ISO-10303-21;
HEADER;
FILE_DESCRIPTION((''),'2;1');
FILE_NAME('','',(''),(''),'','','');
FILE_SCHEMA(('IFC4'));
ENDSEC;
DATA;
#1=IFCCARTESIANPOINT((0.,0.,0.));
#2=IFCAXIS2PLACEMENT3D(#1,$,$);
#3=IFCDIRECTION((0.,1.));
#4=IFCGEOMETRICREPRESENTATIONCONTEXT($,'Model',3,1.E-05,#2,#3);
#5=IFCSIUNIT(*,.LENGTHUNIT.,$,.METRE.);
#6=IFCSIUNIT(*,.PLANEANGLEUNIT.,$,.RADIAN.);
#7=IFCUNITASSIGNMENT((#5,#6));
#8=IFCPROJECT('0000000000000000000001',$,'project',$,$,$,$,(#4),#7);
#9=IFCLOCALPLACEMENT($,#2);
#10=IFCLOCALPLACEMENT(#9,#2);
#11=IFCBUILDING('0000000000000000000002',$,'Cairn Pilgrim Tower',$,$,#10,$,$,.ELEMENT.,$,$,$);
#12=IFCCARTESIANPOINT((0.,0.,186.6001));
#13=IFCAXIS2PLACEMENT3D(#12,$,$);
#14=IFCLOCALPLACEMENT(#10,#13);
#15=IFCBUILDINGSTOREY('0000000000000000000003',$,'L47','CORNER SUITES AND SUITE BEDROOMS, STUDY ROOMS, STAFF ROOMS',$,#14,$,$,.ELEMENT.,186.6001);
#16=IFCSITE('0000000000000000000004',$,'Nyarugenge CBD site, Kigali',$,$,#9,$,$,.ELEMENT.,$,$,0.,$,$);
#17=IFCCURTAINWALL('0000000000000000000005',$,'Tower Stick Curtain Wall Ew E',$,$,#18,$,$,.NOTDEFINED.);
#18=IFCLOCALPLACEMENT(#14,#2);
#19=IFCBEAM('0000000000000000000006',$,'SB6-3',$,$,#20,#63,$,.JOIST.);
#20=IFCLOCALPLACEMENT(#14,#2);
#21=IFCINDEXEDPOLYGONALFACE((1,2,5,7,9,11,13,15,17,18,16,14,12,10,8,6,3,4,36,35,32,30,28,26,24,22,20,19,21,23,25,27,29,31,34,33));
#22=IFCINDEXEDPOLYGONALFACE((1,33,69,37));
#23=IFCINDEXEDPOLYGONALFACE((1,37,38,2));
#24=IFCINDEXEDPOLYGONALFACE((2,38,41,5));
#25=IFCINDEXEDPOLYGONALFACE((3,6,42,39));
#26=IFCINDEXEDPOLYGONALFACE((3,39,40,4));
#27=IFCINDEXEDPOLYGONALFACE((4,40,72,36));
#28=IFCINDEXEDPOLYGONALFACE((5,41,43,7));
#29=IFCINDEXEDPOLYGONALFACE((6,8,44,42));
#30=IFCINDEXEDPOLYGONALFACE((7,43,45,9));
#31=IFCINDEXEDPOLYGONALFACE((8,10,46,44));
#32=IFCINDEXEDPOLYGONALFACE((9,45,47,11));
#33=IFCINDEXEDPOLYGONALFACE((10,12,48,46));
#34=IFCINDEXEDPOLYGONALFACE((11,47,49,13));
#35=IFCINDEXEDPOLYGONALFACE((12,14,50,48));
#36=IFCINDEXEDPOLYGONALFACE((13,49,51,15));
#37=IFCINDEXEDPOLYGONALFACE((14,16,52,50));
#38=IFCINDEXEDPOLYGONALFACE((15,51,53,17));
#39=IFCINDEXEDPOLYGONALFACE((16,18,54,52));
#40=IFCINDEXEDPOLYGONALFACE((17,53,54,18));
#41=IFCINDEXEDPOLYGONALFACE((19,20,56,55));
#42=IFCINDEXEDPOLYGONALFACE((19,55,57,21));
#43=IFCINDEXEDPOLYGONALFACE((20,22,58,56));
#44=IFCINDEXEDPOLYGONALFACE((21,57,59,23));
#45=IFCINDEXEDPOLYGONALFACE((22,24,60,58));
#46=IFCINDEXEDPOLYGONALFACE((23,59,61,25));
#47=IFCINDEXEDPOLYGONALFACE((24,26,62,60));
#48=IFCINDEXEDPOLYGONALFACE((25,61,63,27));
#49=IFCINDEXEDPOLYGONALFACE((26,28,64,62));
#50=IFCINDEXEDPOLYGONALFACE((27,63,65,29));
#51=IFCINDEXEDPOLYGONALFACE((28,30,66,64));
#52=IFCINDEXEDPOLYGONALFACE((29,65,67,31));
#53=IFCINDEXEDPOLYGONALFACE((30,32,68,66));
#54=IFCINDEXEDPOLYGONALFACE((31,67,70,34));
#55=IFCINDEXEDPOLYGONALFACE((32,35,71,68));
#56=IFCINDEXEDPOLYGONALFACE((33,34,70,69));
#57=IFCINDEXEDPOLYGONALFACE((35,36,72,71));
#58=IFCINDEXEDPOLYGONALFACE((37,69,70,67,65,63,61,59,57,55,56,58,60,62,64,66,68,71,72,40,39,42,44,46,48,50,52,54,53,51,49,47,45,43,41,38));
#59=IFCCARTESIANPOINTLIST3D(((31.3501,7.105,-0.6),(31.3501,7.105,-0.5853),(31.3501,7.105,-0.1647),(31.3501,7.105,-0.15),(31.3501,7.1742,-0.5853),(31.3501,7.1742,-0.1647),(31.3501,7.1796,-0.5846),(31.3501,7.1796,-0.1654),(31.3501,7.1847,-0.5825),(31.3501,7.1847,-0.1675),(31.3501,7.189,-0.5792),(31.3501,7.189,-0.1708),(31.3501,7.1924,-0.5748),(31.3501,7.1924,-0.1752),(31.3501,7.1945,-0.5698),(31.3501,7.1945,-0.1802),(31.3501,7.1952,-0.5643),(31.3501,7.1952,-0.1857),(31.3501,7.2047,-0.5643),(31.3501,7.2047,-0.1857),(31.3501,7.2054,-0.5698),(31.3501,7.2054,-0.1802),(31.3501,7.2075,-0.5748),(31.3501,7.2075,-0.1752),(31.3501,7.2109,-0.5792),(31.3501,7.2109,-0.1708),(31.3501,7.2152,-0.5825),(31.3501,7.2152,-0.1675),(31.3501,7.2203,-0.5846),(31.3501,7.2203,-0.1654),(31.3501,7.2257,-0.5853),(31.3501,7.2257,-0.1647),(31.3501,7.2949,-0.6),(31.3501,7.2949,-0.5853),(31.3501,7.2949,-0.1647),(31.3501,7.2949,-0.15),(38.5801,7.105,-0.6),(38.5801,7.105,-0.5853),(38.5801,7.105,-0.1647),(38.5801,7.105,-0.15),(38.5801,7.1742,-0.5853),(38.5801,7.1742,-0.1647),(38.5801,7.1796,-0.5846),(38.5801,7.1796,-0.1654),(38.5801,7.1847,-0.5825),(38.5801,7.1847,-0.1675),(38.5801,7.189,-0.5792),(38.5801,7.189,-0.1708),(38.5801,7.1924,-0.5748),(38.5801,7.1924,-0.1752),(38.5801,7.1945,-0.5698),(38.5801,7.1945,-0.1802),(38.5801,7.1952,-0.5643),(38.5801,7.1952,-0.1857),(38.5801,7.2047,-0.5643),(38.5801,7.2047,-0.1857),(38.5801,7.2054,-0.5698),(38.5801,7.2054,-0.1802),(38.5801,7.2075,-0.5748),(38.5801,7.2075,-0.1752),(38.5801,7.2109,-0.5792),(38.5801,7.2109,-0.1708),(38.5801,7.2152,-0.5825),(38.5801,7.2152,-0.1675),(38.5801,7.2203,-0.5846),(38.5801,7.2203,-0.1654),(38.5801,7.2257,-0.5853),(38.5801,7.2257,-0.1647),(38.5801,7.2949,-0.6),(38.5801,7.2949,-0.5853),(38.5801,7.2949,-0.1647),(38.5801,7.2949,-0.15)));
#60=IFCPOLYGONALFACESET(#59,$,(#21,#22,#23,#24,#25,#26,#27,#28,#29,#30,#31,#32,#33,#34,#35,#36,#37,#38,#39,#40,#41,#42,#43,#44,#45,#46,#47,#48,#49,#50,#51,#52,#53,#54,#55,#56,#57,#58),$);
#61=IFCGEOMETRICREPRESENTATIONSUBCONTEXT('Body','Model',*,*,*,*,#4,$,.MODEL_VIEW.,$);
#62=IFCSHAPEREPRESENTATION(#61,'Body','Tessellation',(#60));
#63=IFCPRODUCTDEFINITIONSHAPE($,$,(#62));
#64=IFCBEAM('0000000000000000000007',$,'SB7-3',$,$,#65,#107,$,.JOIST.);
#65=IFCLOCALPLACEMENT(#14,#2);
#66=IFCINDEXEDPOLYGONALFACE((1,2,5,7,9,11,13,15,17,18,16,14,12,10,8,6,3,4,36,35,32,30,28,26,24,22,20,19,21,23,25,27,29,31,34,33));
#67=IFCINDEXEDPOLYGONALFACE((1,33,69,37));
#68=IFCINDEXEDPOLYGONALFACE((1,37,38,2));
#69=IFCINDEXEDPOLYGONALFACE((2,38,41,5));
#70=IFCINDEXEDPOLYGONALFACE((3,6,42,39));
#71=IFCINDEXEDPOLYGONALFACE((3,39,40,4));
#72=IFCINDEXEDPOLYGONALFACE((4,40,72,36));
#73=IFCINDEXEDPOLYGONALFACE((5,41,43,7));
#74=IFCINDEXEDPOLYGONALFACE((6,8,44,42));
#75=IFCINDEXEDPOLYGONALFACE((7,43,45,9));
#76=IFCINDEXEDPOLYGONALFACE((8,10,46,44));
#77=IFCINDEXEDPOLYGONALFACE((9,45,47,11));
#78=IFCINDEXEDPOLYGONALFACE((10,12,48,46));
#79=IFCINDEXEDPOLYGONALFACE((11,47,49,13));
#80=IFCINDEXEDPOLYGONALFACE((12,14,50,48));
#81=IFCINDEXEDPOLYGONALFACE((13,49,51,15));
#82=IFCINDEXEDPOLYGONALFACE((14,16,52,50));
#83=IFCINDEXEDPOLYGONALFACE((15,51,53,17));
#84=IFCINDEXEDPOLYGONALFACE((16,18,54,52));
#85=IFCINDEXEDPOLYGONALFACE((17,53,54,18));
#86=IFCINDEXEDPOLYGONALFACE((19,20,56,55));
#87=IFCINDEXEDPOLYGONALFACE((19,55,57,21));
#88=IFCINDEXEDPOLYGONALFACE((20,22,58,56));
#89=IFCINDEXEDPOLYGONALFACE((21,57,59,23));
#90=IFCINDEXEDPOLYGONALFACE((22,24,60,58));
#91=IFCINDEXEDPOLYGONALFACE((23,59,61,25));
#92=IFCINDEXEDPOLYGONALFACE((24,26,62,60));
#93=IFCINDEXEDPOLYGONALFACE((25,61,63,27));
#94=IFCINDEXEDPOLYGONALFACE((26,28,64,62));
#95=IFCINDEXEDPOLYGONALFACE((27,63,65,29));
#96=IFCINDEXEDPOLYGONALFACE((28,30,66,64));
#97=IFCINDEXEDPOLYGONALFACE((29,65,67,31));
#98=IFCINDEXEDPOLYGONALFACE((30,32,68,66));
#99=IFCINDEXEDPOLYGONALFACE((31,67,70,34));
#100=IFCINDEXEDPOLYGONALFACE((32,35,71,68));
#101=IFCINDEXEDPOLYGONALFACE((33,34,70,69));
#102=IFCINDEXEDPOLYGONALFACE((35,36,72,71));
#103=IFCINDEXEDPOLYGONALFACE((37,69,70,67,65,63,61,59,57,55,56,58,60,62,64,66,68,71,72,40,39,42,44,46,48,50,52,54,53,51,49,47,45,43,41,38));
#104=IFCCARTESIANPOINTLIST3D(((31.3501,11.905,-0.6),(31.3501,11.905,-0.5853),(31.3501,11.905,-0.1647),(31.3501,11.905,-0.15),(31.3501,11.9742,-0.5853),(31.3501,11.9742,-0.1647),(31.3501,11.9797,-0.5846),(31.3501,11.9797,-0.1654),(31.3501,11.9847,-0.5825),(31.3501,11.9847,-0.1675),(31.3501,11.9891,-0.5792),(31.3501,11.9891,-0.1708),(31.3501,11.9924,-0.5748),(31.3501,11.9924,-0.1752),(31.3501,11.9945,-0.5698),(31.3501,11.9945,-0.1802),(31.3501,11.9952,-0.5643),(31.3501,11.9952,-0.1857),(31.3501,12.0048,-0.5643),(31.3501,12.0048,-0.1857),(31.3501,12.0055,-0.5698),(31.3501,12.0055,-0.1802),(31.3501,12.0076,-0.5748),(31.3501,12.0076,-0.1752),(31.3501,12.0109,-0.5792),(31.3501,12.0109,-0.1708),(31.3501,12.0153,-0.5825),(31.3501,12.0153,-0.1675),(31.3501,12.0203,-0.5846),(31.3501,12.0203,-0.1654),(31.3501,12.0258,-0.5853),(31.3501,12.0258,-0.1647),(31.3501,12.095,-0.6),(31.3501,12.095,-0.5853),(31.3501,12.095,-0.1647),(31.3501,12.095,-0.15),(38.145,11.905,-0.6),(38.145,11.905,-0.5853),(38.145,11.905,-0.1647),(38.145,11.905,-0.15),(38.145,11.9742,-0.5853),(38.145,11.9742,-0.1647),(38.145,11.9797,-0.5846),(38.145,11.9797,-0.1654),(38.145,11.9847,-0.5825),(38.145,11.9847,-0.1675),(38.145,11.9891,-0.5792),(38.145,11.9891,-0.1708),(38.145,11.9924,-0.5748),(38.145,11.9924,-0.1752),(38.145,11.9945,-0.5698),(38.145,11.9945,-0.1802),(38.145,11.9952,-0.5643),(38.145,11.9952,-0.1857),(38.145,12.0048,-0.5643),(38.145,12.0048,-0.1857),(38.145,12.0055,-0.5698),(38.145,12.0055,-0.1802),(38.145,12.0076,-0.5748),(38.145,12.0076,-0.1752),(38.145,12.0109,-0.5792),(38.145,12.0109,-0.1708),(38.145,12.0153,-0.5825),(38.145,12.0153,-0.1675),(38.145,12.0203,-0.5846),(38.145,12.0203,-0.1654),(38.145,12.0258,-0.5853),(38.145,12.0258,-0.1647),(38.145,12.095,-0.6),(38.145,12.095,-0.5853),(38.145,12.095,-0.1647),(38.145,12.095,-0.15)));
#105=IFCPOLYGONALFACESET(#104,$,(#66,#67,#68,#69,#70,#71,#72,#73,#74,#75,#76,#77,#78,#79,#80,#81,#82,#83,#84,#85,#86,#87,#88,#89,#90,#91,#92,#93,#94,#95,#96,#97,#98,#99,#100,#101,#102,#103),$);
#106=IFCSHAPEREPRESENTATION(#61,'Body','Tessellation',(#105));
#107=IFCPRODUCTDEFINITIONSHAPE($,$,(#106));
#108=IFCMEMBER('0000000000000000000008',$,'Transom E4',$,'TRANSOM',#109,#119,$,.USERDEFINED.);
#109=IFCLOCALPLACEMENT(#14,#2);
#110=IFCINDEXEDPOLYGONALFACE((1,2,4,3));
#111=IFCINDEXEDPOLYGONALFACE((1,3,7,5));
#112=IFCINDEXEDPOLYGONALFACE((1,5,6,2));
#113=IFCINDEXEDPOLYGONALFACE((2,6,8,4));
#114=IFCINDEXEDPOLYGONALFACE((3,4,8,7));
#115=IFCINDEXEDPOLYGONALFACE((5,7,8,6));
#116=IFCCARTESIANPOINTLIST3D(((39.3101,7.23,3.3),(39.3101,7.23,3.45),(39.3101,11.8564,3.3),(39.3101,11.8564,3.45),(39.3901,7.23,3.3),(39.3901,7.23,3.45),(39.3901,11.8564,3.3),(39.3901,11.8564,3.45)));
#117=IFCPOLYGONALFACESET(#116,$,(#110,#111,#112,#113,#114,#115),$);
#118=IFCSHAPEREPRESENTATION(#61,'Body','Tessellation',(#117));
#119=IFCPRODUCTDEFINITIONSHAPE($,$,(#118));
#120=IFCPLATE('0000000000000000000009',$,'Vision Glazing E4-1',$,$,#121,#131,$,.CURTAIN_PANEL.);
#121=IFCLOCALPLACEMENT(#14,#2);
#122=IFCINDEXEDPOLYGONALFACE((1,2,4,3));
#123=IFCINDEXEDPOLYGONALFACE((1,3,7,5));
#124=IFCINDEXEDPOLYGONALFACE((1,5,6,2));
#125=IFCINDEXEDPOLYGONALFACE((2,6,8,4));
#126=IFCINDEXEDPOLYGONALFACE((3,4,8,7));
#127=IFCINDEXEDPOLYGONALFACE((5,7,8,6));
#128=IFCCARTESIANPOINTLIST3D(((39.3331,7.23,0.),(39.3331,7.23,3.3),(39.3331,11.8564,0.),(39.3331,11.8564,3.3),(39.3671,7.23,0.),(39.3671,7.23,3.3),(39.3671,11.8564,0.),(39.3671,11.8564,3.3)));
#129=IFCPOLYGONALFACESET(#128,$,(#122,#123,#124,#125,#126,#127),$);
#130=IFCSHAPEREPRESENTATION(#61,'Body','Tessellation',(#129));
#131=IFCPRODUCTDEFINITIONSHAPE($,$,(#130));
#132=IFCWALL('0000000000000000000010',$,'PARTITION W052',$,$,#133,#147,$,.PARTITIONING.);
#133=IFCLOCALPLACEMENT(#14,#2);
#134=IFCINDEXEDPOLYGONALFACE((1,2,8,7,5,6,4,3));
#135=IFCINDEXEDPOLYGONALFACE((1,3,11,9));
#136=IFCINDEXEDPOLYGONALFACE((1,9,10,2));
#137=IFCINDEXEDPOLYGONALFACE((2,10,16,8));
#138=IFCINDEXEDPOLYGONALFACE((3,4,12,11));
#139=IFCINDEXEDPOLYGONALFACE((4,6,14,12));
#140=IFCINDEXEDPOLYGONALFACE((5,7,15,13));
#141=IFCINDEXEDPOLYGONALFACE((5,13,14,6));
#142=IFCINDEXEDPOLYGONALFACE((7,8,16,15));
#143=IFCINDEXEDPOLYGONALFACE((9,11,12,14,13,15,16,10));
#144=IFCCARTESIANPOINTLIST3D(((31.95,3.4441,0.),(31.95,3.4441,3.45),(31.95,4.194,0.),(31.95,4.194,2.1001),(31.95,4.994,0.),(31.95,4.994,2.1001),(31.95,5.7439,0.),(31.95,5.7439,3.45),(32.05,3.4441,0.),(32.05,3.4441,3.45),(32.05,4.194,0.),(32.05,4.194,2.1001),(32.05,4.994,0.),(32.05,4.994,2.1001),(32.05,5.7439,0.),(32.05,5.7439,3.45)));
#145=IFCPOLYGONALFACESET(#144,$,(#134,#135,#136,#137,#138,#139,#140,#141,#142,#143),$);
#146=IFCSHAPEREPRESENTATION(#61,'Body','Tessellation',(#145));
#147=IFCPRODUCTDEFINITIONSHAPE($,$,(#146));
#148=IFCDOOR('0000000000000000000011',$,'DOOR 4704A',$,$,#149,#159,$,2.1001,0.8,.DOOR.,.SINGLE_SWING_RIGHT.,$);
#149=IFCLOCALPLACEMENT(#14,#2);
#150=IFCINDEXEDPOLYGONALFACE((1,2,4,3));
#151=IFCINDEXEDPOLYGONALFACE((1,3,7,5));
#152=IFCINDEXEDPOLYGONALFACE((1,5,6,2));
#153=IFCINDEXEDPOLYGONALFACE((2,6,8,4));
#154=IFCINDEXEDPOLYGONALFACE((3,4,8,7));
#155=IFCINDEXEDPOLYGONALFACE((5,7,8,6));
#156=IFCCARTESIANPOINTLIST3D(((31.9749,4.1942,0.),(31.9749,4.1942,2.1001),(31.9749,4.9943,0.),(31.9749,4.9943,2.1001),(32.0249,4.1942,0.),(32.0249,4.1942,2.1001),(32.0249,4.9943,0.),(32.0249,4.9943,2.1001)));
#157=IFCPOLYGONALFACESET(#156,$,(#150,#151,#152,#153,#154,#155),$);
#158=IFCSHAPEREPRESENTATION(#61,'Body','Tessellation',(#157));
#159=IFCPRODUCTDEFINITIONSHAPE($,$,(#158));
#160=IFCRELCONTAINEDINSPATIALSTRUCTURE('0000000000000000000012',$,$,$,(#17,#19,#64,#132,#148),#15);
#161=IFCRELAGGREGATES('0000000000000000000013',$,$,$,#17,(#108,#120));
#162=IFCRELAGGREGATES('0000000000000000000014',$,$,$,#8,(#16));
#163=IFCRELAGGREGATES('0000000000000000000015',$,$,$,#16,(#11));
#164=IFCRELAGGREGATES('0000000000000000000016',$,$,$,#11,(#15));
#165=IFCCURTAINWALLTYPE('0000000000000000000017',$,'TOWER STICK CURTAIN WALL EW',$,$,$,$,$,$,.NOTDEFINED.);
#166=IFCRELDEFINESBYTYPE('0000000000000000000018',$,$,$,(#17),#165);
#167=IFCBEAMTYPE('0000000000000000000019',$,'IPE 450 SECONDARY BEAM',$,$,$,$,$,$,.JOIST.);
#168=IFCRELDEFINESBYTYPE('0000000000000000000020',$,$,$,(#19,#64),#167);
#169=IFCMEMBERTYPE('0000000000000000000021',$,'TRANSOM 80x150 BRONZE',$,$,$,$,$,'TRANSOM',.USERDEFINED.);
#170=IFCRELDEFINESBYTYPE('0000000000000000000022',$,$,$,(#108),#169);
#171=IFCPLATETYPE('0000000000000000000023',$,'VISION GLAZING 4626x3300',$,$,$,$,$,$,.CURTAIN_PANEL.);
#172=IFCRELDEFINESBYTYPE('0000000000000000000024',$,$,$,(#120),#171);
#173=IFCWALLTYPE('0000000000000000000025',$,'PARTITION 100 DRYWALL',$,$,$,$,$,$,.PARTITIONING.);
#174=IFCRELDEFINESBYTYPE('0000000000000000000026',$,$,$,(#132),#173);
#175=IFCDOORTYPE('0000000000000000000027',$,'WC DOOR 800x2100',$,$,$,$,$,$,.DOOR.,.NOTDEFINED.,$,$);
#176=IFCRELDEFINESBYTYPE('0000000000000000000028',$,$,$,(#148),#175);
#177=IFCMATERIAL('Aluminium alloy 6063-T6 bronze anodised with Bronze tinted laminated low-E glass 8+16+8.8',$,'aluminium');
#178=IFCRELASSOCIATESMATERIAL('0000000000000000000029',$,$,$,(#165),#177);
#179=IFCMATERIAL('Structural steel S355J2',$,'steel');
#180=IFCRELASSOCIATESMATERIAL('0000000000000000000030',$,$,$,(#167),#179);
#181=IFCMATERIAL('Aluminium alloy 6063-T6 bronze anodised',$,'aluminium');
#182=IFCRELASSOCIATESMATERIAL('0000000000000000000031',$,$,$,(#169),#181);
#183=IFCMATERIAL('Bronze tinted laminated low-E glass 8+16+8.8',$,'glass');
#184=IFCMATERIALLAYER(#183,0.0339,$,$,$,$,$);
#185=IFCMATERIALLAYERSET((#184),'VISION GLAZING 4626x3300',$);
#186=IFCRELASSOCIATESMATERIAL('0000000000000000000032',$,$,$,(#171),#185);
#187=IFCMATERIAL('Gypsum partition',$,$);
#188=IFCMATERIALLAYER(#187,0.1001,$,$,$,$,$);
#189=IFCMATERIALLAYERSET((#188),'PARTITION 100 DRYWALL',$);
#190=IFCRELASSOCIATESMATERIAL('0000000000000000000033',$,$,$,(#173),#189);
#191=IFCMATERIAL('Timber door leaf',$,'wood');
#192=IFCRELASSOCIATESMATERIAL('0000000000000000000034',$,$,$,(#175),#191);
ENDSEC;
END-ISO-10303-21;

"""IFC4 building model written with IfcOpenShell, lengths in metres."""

from ifc_helpers import new_model, si_unit, direction, frame, frame_2d, origin, origin_2d, place, context, subcontext, project, spatial, rectangle, i_section, extrude, material, layer, layer_set, material_profile, profile_set, type_object, element, fill, aggregate, save


model = new_model("IFC4")

# Units and contexts
model_context = context("Model", 3, precision=1e-05, world=origin(), true_north=direction((0.0, 1.0)))
body_context = subcontext(model_context, "Body", "Model", "MODEL_VIEW")
ifc_project = project(units=[si_unit("LENGTHUNIT", "METRE"), si_unit("PLANEANGLEUNIT", "RADIAN")], contexts=[model_context])

# Site, building, storey
site_placement = place(None, origin())
site = spatial("IfcSite", under=ifc_project, at=site_placement, Name="Nyarugenge CBD site, Kigali", CompositionType="ELEMENT", RefElevation=0.0)
building_placement = place(site_placement, origin())
building = spatial("IfcBuilding", under=site, at=building_placement, Name="Cairn Pilgrim Tower", CompositionType="ELEMENT")
storey_placement = place(building_placement, frame((0.0, 0.0, 186.6001)))
storey = spatial("IfcBuildingStorey", under=building, at=storey_placement, Name="L47", Description="CORNER SUITES AND SUITE BEDROOMS, STUDY ROOMS, STAFF ROOMS", CompositionType="ELEMENT", Elevation=186.6001)

# Curtain wall
ifc_material_1 = material(Name="Aluminium alloy 6063-T6 bronze anodised with Bronze tinted laminated low-E glass 8+16+8.8", Category="aluminium")
curtain_wall_type = type_object("IfcCurtainWallType", Name="TOWER STICK CURTAIN WALL EW", PredefinedType="NOTDEFINED", material=ifc_material_1)
curtain_wall_placement = place(storey_placement, origin())
curtain_wall = element("IfcCurtainWall", 1, at=curtain_wall_placement, inside=storey, type_object=curtain_wall_type, Name="Tower Stick Curtain Wall Ew E", PredefinedType="NOTDEFINED")
ifc_material_2 = material(Name="Aluminium alloy 6063-T6 bronze anodised", Category="aluminium")

# Beams
ifc_material_3 = material(Name="Structural steel S355J2", Category="steel")
ifc_material_profile_1 = material_profile(ifc_material_3, i_section(OverallWidth=0.1899, OverallDepth=0.45, WebThickness=0.0095, FlangeThickness=0.0146, FilletRadius=0.021, at=origin_2d()), Name="IPE 450")
ifc_profile_set_1 = profile_set([ifc_material_profile_1], Name="Structural steel S355J2")
beam_type_1 = type_object("IfcBeamType", Name="IPE 450 SECONDARY BEAM", PredefinedType="JOIST", material=ifc_profile_set_1)
beam_1_placement = place(storey_placement, frame((31.3501, 7.2, -0.375), z_axis=(1.0, 0.0, 0.0), x_axis=(0.0, 1.0, 0.0)))
element("IfcBeam", 2, at=beam_1_placement, inside=storey, type_object=beam_type_1, Name="SB6-3", PredefinedType="JOIST", context=body_context, shape_type="SweptSolid", body=[
    extrude(i_section(OverallWidth=0.1899, OverallDepth=0.45, WebThickness=0.0095, FlangeThickness=0.0146, FilletRadius=0.021, at=origin_2d()), origin(), (0.0, 0.0, 1.0), 7.23),
])
beam_2_placement = place(storey_placement, frame((31.3501, 12.0, -0.375), z_axis=(1.0, 0.0, 0.0), x_axis=(0.0, 1.0, 0.0)))
element("IfcBeam", 3, at=beam_2_placement, inside=storey, type_object=beam_type_1, Name="SB7-3", PredefinedType="JOIST", context=body_context, shape_type="SweptSolid", body=[
    extrude(i_section(OverallWidth=0.1899, OverallDepth=0.45, WebThickness=0.0095, FlangeThickness=0.0146, FilletRadius=0.021, at=origin_2d()), origin(), (0.0, 0.0, 1.0), 6.7949),
])

# Member
ifc_material_profile_2 = material_profile(ifc_material_2, rectangle(XDim=0.0801, YDim=0.1499, at=origin_2d()), Name="TRANSOM 80x150 BRONZE")
ifc_profile_set_2 = profile_set([ifc_material_profile_2], Name="Aluminium alloy 6063-T6 bronze anodised")
member_type_1 = type_object("IfcMemberType", Name="TRANSOM 80x150 BRONZE", ElementType="TRANSOM", PredefinedType="USERDEFINED", material=ifc_profile_set_2)
member_1_placement = place(storey_placement, frame((39.3501, 7.23, 3.375), z_axis=(0.0, 1.0, 0.0), x_axis=(-1.0, 0.0, 0.0)))
member_1 = element("IfcMember", 4, at=member_1_placement, type_object=member_type_1, Name="Transom E4", ObjectType="TRANSOM", PredefinedType="USERDEFINED", context=body_context, shape_type="SweptSolid", body=[
    extrude(rectangle(XDim=0.0801, YDim=0.1499, at=origin_2d()), origin(), (0.0, 0.0, 1.0), 4.6265),
])

# Plate
ifc_material_4 = material(Name="Bronze tinted laminated low-E glass 8+16+8.8", Category="glass")
ifc_layer_1 = layer(ifc_material_4, 0.0339)
ifc_layer_set_1 = layer_set([ifc_layer_1], Name="VISION GLAZING 4626x3300")
plate_type = type_object("IfcPlateType", Name="VISION GLAZING 4626x3300", PredefinedType="CURTAIN_PANEL", material=ifc_layer_set_1)
plate_placement = place(storey_placement, frame((39.3501, 9.5432, 0.0), z_axis=(0.0, 0.0, 1.0), x_axis=(0.0, 1.0, 0.0)))
plate = element("IfcPlate", 5, at=plate_placement, type_object=plate_type, Name="Vision Glazing E4-1", PredefinedType="CURTAIN_PANEL", context=body_context, shape_type="SweptSolid", body=[
    extrude(rectangle(XDim=4.6265, YDim=0.0339, at=origin_2d()), origin(), (0.0, 0.0, 1.0), 3.3),
])
aggregate(curtain_wall, [member_1, plate])

# Wall, opening, door
ifc_material_5 = material(Name="Gypsum partition")
ifc_layer_2 = layer(ifc_material_5, 0.1001)
ifc_layer_set_2 = layer_set([ifc_layer_2], Name="PARTITION 100 DRYWALL")
wall_type_1 = type_object("IfcWallType", Name="PARTITION 100 DRYWALL", PredefinedType="PARTITIONING", material=ifc_layer_set_2)
wall_1_placement = place(storey_placement, frame((32.0, 3.4441, 0.0), z_axis=(0.0, 0.0, 1.0), x_axis=(0.0, 1.0, 0.0)))
wall_1 = element("IfcWall", 6, at=wall_1_placement, inside=storey, type_object=wall_type_1, Name="PARTITION W052", PredefinedType="PARTITIONING", context=body_context, shape_type="SweptSolid", body=[
    extrude(rectangle(XDim=2.2998, YDim=0.1001, at=frame_2d((1.1499, 0.0))), origin(), (0.0, 0.0, 1.0), 3.45),
])
opening_1_placement = place(wall_1_placement, frame((0.75, 0.0, 0.0)))
opening_1 = element("IfcOpeningElement", 7, at=opening_1_placement, cuts=wall_1, PredefinedType="OPENING", context=body_context, shape_type="SweptSolid", body=[
    extrude(rectangle(XDim=0.8, YDim=2.1001, at=frame_2d((0.3999, 1.05))), frame((0.0, 0.0601, 0.0), z_axis=(0.0, -1.0, 0.0), x_axis=(1.0, 0.0, 0.0)), (0.0, 0.0, 1.0), 0.1201),
])
ifc_material_6 = material(Name="Timber door leaf", Category="wood")
door_type_1 = type_object("IfcDoorType", Name="WC DOOR 800x2100", OperationType="NOTDEFINED", PredefinedType="DOOR", material=ifc_material_6)
door_1_placement = place(opening_1_placement, frame((0.8, 0.0, 0.0), z_axis=(0.0, 0.0, 1.0), x_axis=(-1.0, 0.0, 0.0)))
door_1 = element("IfcDoor", 8, at=door_1_placement, inside=storey, type_object=door_type_1, Name="DOOR 4704A", OperationType="SINGLE_SWING_RIGHT", OverallHeight=2.1001, OverallWidth=0.8, PredefinedType="DOOR", context=body_context, shape_type="SweptSolid", body=[
    extrude(rectangle(XDim=0.8, YDim=2.1001, at=frame_2d((0.3999, 1.05))), frame((0.0, 0.0249, 0.0), z_axis=(0.0, -1.0, 0.0), x_axis=(1.0, 0.0, 0.0)), (0.0, 0.0, 1.0), 0.05),
])
fill(opening_1, door_1)

save(model, "model.ifc")
